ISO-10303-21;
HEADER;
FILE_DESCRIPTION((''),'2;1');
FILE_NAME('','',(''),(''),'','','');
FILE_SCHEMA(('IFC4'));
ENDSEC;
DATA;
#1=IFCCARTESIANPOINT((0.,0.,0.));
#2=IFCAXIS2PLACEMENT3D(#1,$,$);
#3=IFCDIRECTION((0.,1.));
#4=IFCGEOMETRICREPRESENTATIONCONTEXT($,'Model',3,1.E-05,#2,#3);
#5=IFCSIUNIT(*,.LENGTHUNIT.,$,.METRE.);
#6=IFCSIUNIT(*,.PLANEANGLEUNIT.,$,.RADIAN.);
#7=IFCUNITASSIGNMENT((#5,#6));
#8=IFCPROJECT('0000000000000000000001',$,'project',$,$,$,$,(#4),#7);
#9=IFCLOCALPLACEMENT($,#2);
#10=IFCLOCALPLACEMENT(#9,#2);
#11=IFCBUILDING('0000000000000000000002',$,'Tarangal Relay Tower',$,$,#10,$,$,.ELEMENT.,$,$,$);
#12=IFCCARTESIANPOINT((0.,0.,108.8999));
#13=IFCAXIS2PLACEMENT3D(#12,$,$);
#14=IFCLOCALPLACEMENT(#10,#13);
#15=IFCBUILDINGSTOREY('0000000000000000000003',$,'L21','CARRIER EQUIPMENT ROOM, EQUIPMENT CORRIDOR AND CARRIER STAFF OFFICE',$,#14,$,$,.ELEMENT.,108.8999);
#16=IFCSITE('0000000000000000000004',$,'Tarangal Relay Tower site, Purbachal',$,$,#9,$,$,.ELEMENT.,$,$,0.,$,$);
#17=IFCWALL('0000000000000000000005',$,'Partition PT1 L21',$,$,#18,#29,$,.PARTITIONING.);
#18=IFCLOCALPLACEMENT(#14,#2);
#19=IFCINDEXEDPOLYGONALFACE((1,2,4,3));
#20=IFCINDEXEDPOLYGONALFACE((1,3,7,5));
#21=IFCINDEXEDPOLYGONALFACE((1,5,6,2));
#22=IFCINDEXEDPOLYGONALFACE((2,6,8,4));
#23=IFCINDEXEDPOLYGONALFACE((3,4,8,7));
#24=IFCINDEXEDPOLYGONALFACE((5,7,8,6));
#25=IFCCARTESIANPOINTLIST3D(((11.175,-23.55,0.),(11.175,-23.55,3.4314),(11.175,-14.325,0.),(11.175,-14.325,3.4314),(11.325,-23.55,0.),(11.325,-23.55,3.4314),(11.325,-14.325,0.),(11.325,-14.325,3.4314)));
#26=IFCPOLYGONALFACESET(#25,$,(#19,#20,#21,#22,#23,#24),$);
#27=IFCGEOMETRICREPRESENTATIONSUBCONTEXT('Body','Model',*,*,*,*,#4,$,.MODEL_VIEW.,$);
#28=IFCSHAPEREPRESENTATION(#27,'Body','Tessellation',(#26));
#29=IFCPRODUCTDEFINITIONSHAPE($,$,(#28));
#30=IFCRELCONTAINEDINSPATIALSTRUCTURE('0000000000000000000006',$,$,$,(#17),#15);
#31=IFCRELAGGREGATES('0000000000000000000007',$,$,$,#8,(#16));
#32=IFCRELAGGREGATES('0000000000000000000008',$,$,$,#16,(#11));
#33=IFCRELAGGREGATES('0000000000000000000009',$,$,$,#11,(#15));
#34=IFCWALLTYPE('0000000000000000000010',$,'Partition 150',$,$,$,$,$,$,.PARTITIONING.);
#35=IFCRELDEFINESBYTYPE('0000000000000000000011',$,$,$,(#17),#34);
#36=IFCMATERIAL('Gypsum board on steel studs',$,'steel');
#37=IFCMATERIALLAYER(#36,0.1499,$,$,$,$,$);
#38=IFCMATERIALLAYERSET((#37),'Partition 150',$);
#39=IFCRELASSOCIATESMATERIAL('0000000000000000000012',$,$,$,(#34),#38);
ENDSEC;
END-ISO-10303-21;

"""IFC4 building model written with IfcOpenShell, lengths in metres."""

from ifc_helpers import new_model, si_unit, direction, frame, frame_2d, origin, place, context, subcontext, project, spatial, rectangle, extrude, material, layer, layer_set, type_object, element, save


model = new_model("IFC4")

# Units and contexts
model_context = context("Model", 3, precision=1e-05, world=origin(), true_north=direction((0.0, 1.0)))
body_context = subcontext(model_context, "Body", "Model", "MODEL_VIEW")
ifc_project = project(units=[si_unit("LENGTHUNIT", "METRE"), si_unit("PLANEANGLEUNIT", "RADIAN")], contexts=[model_context])

# Site, building, storey
site_placement = place(None, origin())
site = spatial("IfcSite", under=ifc_project, at=site_placement, Name="Tarangal Relay Tower site, Purbachal", CompositionType="ELEMENT", RefElevation=0.0)
building_placement = place(site_placement, origin())
building = spatial("IfcBuilding", under=site, at=building_placement, Name="Tarangal Relay Tower", CompositionType="ELEMENT")
storey_placement = place(building_placement, frame((0.0, 0.0, 108.8999)))
storey = spatial("IfcBuildingStorey", under=building, at=storey_placement, Name="L21", Description="CARRIER EQUIPMENT ROOM, EQUIPMENT CORRIDOR AND CARRIER STAFF OFFICE", CompositionType="ELEMENT", Elevation=108.8999)

# Wall
ifc_material_1 = material(Name="Gypsum board on steel studs", Category="steel")
ifc_layer_1 = layer(ifc_material_1, 0.1499)
ifc_layer_set_1 = layer_set([ifc_layer_1], Name="Partition 150")
wall_type_1 = type_object("IfcWallType", Name="Partition 150", PredefinedType="PARTITIONING", material=ifc_layer_set_1)
wall_1_placement = place(storey_placement, frame((11.25, -23.55, 0.0), z_axis=(0.0, 0.0, 1.0), x_axis=(0.0, 1.0, 0.0)))
element("IfcWall", 1, at=wall_1_placement, inside=storey, type_object=wall_type_1, Name="Partition PT1 L21", PredefinedType="PARTITIONING", context=body_context, shape_type="SweptSolid", body=[
    extrude(rectangle(XDim=9.2251, YDim=0.1499, at=frame_2d((4.6125, 0.0))), origin(), (0.0, 0.0, 1.0), 3.4314),
])

save(model, "model.ifc")
